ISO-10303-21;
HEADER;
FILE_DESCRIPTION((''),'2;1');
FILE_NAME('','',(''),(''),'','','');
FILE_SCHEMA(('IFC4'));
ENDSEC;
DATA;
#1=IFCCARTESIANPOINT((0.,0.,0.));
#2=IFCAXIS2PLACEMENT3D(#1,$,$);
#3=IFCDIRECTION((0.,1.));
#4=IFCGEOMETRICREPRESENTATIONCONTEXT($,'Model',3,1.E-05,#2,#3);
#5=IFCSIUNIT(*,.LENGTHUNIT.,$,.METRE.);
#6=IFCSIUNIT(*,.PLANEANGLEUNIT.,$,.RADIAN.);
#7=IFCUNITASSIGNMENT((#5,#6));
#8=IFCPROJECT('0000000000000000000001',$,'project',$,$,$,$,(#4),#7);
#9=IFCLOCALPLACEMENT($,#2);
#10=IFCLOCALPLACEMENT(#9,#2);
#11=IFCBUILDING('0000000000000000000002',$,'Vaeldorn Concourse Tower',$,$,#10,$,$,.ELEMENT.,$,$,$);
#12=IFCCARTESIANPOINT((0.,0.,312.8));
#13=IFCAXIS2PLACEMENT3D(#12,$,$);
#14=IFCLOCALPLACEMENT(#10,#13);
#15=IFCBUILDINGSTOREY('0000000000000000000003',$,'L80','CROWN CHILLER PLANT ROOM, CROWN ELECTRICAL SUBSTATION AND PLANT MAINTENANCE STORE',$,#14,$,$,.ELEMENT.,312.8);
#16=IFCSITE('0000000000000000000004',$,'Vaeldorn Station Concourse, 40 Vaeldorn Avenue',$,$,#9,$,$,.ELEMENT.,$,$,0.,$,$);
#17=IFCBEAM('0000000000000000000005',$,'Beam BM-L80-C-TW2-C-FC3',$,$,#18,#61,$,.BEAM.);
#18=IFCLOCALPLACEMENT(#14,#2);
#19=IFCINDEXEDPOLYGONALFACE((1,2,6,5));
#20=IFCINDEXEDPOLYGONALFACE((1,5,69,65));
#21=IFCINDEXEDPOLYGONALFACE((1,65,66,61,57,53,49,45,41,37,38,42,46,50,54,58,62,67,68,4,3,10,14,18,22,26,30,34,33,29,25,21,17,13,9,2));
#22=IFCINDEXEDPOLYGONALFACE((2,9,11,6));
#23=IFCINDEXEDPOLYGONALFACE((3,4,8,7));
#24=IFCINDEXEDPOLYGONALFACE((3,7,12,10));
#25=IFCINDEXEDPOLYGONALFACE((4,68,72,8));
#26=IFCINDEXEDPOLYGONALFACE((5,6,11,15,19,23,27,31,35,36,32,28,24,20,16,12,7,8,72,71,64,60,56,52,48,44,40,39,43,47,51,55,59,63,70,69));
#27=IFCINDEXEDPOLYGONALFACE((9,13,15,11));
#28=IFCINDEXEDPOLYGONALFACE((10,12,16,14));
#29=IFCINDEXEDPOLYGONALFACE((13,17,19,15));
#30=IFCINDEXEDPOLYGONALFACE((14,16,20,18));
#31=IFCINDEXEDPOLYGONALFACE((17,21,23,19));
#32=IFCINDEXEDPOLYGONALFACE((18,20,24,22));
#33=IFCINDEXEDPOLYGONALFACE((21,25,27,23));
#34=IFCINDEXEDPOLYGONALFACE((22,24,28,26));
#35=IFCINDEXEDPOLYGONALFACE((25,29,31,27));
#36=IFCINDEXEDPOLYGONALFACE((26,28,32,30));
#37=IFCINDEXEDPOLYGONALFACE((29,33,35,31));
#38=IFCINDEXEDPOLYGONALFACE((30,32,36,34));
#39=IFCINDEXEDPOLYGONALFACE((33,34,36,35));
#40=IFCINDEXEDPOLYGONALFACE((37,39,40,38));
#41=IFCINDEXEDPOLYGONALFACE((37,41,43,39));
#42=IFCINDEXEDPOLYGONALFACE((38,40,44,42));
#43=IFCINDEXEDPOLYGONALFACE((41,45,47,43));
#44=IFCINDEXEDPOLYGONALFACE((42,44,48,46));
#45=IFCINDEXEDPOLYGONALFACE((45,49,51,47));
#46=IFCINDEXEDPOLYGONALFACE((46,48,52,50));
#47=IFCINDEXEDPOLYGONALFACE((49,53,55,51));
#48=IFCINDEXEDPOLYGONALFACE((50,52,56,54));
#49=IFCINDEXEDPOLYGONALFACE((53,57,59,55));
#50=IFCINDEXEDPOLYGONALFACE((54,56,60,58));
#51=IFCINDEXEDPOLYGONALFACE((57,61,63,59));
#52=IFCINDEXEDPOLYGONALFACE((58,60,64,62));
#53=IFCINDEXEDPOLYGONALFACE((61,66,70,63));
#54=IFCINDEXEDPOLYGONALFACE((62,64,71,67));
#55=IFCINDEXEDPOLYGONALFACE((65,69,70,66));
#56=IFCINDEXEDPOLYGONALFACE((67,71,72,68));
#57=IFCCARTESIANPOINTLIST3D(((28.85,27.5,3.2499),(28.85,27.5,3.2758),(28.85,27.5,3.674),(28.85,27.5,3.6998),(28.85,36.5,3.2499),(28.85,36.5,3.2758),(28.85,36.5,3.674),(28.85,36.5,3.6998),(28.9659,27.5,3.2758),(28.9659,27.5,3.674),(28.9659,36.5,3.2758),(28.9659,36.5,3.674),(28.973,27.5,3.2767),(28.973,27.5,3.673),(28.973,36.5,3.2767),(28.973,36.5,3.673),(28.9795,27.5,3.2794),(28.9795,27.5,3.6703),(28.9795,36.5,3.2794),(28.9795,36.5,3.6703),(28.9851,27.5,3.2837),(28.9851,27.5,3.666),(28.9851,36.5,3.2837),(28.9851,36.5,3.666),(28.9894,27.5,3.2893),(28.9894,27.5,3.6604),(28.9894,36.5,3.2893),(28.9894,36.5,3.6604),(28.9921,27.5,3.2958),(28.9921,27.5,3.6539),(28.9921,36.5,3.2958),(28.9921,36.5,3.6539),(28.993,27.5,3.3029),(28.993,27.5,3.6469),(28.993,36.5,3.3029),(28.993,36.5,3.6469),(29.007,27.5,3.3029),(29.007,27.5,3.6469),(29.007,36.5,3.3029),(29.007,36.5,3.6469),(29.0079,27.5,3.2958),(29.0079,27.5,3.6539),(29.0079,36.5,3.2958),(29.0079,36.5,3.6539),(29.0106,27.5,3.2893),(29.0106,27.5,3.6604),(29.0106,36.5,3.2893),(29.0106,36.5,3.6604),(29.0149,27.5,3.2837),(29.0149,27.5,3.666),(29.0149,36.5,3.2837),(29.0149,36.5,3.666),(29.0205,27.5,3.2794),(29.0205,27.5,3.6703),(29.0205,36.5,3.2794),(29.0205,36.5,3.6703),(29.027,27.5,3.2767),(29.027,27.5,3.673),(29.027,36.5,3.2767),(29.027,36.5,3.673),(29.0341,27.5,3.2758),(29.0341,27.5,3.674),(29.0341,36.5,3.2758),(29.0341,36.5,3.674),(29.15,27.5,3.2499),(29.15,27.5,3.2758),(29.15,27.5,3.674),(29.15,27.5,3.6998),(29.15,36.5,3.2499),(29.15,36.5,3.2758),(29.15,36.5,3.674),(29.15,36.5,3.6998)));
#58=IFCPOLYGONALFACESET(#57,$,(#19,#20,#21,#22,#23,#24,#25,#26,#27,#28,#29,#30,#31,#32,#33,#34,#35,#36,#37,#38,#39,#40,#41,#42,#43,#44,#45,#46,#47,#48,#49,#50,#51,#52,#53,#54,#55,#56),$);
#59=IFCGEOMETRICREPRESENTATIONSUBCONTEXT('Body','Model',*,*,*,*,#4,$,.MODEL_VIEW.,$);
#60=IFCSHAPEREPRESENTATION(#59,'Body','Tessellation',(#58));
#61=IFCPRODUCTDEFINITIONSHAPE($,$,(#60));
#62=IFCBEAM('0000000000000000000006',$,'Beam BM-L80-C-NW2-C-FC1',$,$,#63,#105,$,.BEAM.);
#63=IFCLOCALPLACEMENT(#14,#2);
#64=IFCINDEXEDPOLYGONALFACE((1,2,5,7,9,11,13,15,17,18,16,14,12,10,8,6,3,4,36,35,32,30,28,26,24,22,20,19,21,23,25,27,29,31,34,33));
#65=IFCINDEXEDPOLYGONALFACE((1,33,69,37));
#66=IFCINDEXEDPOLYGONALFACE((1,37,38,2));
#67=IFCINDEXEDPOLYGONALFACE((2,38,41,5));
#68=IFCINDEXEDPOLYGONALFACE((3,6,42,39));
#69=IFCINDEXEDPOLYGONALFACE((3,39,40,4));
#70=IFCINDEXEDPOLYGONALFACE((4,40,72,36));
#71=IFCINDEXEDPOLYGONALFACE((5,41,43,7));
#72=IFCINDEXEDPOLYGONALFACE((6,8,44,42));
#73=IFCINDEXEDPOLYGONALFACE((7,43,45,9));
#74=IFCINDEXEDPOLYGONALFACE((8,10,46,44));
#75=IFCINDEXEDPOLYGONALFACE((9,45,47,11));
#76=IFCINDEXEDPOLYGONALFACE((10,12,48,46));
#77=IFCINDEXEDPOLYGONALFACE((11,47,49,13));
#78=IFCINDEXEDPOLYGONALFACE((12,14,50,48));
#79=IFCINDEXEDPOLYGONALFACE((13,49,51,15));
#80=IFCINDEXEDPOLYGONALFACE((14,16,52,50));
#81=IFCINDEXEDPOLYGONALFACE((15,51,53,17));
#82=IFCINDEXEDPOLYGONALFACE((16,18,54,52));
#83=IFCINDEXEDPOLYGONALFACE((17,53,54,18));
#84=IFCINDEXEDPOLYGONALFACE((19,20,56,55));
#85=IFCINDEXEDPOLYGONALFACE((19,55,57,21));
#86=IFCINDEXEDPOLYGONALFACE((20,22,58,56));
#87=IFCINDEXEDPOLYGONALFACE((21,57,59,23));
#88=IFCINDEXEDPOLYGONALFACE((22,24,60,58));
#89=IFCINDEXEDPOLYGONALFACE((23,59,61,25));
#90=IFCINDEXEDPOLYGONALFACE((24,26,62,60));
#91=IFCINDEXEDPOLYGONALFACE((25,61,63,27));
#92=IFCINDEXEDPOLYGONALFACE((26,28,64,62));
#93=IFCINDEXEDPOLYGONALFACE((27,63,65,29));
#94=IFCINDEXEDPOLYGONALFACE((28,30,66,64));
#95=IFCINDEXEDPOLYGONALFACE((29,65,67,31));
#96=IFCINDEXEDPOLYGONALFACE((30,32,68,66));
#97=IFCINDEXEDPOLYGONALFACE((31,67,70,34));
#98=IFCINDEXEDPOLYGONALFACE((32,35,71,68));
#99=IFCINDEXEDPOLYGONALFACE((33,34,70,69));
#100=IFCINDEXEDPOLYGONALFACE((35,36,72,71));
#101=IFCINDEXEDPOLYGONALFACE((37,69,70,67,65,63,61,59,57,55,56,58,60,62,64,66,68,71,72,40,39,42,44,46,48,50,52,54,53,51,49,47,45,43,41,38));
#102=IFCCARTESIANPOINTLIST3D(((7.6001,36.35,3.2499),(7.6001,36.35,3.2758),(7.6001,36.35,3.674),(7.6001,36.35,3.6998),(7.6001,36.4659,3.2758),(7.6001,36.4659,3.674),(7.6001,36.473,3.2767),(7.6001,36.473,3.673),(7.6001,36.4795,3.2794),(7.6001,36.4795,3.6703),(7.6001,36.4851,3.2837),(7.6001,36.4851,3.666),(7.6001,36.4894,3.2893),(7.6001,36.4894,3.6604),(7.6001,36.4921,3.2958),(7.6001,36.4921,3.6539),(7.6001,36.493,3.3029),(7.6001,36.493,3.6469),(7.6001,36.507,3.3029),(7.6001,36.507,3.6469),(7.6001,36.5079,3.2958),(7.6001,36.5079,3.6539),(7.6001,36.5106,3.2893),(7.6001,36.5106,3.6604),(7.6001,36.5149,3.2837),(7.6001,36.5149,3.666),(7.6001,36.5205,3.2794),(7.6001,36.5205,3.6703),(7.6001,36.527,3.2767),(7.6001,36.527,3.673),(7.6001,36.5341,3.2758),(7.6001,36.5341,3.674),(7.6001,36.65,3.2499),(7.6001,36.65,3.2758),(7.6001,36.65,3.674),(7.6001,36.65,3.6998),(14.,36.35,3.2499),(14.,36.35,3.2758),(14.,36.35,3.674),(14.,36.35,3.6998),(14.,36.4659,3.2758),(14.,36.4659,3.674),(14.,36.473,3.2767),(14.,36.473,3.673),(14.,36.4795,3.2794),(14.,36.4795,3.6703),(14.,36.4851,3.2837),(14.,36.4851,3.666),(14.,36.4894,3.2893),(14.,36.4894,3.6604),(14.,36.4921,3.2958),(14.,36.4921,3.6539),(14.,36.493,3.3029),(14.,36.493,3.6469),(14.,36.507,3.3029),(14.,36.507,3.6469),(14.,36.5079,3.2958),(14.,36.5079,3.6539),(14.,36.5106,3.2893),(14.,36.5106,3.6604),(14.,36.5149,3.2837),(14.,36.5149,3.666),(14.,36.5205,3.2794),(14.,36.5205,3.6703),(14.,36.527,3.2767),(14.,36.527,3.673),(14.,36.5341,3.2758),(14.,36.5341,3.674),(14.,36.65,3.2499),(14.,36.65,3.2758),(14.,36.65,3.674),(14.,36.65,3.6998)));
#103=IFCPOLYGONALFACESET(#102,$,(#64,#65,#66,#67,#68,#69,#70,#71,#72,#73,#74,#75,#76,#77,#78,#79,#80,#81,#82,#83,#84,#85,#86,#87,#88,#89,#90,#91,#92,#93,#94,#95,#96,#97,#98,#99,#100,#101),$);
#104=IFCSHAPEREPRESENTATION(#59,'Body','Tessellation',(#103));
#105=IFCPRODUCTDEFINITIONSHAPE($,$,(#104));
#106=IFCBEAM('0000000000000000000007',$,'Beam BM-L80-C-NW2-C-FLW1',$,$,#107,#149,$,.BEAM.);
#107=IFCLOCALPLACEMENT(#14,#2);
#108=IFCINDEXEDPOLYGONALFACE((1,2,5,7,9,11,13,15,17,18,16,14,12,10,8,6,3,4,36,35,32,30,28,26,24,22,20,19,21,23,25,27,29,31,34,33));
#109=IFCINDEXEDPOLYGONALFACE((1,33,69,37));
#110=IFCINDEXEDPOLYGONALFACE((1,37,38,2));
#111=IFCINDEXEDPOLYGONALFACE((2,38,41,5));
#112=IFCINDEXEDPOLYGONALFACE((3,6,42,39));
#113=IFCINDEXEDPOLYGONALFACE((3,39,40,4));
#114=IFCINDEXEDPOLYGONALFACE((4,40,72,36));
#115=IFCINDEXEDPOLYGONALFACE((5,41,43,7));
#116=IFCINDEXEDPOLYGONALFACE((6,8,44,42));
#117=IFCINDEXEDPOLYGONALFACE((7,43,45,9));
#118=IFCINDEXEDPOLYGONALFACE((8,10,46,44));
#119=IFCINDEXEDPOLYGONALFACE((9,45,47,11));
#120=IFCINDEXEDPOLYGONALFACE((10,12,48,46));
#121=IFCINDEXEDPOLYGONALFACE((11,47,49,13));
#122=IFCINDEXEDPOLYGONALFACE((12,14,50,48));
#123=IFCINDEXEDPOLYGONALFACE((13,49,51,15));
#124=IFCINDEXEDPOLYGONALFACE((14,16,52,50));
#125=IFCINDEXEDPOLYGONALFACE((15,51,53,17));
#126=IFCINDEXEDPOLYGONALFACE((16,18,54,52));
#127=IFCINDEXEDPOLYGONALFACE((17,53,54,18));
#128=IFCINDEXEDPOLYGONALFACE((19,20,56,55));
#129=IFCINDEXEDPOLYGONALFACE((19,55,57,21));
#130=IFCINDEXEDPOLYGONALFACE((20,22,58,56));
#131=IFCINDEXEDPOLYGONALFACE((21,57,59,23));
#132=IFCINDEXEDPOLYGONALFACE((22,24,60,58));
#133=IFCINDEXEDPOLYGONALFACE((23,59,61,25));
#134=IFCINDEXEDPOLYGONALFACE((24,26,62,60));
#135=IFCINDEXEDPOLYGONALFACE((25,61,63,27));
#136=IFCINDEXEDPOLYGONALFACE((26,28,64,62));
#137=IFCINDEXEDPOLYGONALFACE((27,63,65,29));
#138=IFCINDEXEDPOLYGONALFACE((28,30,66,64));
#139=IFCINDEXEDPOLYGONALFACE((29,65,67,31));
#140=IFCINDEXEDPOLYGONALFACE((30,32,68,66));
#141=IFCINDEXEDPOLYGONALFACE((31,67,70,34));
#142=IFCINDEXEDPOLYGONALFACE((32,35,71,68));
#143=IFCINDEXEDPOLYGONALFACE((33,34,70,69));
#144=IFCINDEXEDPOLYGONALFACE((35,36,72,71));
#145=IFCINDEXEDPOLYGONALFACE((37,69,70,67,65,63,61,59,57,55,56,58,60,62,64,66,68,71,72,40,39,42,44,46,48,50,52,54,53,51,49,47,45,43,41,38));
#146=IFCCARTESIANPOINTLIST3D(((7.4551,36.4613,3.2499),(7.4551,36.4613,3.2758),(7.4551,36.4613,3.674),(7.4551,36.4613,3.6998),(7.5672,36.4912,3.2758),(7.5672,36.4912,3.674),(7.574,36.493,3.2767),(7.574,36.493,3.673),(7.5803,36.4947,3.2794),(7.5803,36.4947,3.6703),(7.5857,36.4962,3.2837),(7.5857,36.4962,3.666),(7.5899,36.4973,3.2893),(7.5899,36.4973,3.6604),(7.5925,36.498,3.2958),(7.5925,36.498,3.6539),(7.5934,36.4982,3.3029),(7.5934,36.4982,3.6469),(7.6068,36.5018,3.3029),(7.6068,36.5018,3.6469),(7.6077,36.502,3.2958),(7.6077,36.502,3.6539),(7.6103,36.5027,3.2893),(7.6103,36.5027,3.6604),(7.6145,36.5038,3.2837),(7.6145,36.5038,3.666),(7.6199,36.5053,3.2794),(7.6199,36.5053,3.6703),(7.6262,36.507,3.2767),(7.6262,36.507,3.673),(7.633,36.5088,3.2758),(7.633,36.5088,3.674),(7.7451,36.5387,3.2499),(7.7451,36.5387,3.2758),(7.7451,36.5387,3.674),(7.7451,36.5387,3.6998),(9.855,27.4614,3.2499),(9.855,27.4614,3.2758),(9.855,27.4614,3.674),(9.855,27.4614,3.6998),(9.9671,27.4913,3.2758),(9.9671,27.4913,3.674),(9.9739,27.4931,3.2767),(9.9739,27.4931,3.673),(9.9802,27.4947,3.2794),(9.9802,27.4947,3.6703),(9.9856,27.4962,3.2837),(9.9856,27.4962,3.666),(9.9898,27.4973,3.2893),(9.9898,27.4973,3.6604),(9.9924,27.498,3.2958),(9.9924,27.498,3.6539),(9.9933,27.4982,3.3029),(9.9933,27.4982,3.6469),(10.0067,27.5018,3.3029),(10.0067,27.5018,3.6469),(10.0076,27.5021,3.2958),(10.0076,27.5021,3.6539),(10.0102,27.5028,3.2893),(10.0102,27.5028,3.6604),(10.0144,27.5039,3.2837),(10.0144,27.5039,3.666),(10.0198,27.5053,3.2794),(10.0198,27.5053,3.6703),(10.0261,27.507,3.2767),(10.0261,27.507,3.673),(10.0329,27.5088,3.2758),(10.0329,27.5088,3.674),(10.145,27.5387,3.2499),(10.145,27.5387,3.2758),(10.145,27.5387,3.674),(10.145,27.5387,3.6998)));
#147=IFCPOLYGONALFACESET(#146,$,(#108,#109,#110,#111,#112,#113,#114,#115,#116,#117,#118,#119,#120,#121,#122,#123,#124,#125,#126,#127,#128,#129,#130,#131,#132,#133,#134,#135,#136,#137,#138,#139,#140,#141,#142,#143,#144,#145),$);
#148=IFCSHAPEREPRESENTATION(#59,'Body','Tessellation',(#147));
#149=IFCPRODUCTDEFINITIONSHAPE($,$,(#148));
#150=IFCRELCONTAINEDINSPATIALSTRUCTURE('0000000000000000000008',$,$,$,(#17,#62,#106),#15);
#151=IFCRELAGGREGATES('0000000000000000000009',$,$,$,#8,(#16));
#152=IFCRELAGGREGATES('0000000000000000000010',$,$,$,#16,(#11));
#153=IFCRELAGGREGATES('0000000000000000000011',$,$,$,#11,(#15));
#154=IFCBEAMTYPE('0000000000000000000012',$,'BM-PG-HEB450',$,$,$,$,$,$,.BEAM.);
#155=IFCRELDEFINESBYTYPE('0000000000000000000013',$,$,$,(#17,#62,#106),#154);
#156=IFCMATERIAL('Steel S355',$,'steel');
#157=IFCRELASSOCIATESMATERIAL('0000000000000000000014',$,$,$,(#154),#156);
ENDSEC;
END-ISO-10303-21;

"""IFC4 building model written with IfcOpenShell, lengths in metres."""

from ifc_helpers import new_model, si_unit, direction, frame, origin, origin_2d, place, context, subcontext, project, spatial, i_section, extrude, source, transform, mapped, material, material_profile, profile_set, type_object, element, save


model = new_model("IFC4")

# Units and contexts
model_context = context("Model", 3, precision=1e-05, world=origin(), true_north=direction((0.0, 1.0)))
body_context = subcontext(model_context, "Body", "Model", "MODEL_VIEW")
ifc_project = project(units=[si_unit("LENGTHUNIT", "METRE"), si_unit("PLANEANGLEUNIT", "RADIAN")], contexts=[model_context])

# Site, building, storey
site_placement = place(None, origin())
site = spatial("IfcSite", under=ifc_project, at=site_placement, Name="Vaeldorn Station Concourse, 40 Vaeldorn Avenue", CompositionType="ELEMENT", RefElevation=0.0)
building_placement = place(site_placement, origin())
building = spatial("IfcBuilding", under=site, at=building_placement, Name="Vaeldorn Concourse Tower", CompositionType="ELEMENT")
storey_placement = place(building_placement, frame((0.0, 0.0, 312.8)))
storey = spatial("IfcBuildingStorey", under=building, at=storey_placement, Name="L80", Description="CROWN CHILLER PLANT ROOM, CROWN ELECTRICAL SUBSTATION AND PLANT MAINTENANCE STORE", CompositionType="ELEMENT", Elevation=312.8)

# Shared definitions
ifc_material_1 = material(Name="Steel S355", Category="steel")

# Beams
ifc_material_profile_1 = material_profile(ifc_material_1, i_section(OverallWidth=0.3, OverallDepth=0.45, WebThickness=0.0139, FlangeThickness=0.0259, FilletRadius=0.0271, at=origin_2d()), Name="HEB 450")
ifc_profile_set_1 = profile_set([ifc_material_profile_1], Name="Steel S355")
beam_type_1 = type_object("IfcBeamType", Name="BM-PG-HEB450", PredefinedType="BEAM", material=ifc_profile_set_1)
shared_shape_1 = source(origin(), body_context, "Body", "SweptSolid", [
    extrude(i_section(OverallWidth=0.3, OverallDepth=0.45, WebThickness=0.0139, FlangeThickness=0.0259, FilletRadius=0.0271, at=origin_2d()), origin(), (0.0, 0.0, 1.0), 9.0),
])
beam_1_placement = place(storey_placement, frame((29.0, 27.5, 3.4749), z_axis=(0.0, 1.0, 0.0), x_axis=(-1.0, 0.0, 0.0)))
element("IfcBeam", 1, at=beam_1_placement, inside=storey, type_object=beam_type_1, Name="Beam BM-L80-C-TW2-C-FC3", PredefinedType="BEAM", context=body_context, shape_type="MappedRepresentation", body=[
    mapped(shared_shape_1, transform((0.0, 0.0, 0.0), scale=1.0)),
])
shared_shape_2 = source(origin(), body_context, "Body", "SweptSolid", [
    extrude(i_section(OverallWidth=0.3, OverallDepth=0.45, WebThickness=0.0139, FlangeThickness=0.0259, FilletRadius=0.0271, at=origin_2d()), origin(), (0.0, 0.0, 1.0), 6.3999),
])
beam_2_placement = place(storey_placement, frame((7.6001, 36.5, 3.4749), z_axis=(1.0, 0.0, 0.0), x_axis=(0.0, 1.0, 0.0)))
element("IfcBeam", 2, at=beam_2_placement, inside=storey, type_object=beam_type_1, Name="Beam BM-L80-C-NW2-C-FC1", PredefinedType="BEAM", context=body_context, shape_type="MappedRepresentation", body=[
    mapped(shared_shape_2, transform((0.0, 0.0, 0.0), scale=1.0)),
])
shared_shape_3 = source(origin(), body_context, "Body", "SweptSolid", [
    extrude(i_section(OverallWidth=0.3, OverallDepth=0.45, WebThickness=0.0139, FlangeThickness=0.0259, FilletRadius=0.0271, at=origin_2d()), origin(), (0.0, 0.0, 1.0), 9.3145),
])
beam_3_placement = place(storey_placement, frame((7.6001, 36.5, 3.4749), z_axis=(0.257653, -0.966238, 0.0), x_axis=(0.966238, 0.257653, 0.0)))
element("IfcBeam", 3, at=beam_3_placement, inside=storey, type_object=beam_type_1, Name="Beam BM-L80-C-NW2-C-FLW1", PredefinedType="BEAM", context=body_context, shape_type="MappedRepresentation", body=[
    mapped(shared_shape_3, transform((0.0, 0.0, 0.0), scale=1.0)),
])

save(model, "model.ifc")
